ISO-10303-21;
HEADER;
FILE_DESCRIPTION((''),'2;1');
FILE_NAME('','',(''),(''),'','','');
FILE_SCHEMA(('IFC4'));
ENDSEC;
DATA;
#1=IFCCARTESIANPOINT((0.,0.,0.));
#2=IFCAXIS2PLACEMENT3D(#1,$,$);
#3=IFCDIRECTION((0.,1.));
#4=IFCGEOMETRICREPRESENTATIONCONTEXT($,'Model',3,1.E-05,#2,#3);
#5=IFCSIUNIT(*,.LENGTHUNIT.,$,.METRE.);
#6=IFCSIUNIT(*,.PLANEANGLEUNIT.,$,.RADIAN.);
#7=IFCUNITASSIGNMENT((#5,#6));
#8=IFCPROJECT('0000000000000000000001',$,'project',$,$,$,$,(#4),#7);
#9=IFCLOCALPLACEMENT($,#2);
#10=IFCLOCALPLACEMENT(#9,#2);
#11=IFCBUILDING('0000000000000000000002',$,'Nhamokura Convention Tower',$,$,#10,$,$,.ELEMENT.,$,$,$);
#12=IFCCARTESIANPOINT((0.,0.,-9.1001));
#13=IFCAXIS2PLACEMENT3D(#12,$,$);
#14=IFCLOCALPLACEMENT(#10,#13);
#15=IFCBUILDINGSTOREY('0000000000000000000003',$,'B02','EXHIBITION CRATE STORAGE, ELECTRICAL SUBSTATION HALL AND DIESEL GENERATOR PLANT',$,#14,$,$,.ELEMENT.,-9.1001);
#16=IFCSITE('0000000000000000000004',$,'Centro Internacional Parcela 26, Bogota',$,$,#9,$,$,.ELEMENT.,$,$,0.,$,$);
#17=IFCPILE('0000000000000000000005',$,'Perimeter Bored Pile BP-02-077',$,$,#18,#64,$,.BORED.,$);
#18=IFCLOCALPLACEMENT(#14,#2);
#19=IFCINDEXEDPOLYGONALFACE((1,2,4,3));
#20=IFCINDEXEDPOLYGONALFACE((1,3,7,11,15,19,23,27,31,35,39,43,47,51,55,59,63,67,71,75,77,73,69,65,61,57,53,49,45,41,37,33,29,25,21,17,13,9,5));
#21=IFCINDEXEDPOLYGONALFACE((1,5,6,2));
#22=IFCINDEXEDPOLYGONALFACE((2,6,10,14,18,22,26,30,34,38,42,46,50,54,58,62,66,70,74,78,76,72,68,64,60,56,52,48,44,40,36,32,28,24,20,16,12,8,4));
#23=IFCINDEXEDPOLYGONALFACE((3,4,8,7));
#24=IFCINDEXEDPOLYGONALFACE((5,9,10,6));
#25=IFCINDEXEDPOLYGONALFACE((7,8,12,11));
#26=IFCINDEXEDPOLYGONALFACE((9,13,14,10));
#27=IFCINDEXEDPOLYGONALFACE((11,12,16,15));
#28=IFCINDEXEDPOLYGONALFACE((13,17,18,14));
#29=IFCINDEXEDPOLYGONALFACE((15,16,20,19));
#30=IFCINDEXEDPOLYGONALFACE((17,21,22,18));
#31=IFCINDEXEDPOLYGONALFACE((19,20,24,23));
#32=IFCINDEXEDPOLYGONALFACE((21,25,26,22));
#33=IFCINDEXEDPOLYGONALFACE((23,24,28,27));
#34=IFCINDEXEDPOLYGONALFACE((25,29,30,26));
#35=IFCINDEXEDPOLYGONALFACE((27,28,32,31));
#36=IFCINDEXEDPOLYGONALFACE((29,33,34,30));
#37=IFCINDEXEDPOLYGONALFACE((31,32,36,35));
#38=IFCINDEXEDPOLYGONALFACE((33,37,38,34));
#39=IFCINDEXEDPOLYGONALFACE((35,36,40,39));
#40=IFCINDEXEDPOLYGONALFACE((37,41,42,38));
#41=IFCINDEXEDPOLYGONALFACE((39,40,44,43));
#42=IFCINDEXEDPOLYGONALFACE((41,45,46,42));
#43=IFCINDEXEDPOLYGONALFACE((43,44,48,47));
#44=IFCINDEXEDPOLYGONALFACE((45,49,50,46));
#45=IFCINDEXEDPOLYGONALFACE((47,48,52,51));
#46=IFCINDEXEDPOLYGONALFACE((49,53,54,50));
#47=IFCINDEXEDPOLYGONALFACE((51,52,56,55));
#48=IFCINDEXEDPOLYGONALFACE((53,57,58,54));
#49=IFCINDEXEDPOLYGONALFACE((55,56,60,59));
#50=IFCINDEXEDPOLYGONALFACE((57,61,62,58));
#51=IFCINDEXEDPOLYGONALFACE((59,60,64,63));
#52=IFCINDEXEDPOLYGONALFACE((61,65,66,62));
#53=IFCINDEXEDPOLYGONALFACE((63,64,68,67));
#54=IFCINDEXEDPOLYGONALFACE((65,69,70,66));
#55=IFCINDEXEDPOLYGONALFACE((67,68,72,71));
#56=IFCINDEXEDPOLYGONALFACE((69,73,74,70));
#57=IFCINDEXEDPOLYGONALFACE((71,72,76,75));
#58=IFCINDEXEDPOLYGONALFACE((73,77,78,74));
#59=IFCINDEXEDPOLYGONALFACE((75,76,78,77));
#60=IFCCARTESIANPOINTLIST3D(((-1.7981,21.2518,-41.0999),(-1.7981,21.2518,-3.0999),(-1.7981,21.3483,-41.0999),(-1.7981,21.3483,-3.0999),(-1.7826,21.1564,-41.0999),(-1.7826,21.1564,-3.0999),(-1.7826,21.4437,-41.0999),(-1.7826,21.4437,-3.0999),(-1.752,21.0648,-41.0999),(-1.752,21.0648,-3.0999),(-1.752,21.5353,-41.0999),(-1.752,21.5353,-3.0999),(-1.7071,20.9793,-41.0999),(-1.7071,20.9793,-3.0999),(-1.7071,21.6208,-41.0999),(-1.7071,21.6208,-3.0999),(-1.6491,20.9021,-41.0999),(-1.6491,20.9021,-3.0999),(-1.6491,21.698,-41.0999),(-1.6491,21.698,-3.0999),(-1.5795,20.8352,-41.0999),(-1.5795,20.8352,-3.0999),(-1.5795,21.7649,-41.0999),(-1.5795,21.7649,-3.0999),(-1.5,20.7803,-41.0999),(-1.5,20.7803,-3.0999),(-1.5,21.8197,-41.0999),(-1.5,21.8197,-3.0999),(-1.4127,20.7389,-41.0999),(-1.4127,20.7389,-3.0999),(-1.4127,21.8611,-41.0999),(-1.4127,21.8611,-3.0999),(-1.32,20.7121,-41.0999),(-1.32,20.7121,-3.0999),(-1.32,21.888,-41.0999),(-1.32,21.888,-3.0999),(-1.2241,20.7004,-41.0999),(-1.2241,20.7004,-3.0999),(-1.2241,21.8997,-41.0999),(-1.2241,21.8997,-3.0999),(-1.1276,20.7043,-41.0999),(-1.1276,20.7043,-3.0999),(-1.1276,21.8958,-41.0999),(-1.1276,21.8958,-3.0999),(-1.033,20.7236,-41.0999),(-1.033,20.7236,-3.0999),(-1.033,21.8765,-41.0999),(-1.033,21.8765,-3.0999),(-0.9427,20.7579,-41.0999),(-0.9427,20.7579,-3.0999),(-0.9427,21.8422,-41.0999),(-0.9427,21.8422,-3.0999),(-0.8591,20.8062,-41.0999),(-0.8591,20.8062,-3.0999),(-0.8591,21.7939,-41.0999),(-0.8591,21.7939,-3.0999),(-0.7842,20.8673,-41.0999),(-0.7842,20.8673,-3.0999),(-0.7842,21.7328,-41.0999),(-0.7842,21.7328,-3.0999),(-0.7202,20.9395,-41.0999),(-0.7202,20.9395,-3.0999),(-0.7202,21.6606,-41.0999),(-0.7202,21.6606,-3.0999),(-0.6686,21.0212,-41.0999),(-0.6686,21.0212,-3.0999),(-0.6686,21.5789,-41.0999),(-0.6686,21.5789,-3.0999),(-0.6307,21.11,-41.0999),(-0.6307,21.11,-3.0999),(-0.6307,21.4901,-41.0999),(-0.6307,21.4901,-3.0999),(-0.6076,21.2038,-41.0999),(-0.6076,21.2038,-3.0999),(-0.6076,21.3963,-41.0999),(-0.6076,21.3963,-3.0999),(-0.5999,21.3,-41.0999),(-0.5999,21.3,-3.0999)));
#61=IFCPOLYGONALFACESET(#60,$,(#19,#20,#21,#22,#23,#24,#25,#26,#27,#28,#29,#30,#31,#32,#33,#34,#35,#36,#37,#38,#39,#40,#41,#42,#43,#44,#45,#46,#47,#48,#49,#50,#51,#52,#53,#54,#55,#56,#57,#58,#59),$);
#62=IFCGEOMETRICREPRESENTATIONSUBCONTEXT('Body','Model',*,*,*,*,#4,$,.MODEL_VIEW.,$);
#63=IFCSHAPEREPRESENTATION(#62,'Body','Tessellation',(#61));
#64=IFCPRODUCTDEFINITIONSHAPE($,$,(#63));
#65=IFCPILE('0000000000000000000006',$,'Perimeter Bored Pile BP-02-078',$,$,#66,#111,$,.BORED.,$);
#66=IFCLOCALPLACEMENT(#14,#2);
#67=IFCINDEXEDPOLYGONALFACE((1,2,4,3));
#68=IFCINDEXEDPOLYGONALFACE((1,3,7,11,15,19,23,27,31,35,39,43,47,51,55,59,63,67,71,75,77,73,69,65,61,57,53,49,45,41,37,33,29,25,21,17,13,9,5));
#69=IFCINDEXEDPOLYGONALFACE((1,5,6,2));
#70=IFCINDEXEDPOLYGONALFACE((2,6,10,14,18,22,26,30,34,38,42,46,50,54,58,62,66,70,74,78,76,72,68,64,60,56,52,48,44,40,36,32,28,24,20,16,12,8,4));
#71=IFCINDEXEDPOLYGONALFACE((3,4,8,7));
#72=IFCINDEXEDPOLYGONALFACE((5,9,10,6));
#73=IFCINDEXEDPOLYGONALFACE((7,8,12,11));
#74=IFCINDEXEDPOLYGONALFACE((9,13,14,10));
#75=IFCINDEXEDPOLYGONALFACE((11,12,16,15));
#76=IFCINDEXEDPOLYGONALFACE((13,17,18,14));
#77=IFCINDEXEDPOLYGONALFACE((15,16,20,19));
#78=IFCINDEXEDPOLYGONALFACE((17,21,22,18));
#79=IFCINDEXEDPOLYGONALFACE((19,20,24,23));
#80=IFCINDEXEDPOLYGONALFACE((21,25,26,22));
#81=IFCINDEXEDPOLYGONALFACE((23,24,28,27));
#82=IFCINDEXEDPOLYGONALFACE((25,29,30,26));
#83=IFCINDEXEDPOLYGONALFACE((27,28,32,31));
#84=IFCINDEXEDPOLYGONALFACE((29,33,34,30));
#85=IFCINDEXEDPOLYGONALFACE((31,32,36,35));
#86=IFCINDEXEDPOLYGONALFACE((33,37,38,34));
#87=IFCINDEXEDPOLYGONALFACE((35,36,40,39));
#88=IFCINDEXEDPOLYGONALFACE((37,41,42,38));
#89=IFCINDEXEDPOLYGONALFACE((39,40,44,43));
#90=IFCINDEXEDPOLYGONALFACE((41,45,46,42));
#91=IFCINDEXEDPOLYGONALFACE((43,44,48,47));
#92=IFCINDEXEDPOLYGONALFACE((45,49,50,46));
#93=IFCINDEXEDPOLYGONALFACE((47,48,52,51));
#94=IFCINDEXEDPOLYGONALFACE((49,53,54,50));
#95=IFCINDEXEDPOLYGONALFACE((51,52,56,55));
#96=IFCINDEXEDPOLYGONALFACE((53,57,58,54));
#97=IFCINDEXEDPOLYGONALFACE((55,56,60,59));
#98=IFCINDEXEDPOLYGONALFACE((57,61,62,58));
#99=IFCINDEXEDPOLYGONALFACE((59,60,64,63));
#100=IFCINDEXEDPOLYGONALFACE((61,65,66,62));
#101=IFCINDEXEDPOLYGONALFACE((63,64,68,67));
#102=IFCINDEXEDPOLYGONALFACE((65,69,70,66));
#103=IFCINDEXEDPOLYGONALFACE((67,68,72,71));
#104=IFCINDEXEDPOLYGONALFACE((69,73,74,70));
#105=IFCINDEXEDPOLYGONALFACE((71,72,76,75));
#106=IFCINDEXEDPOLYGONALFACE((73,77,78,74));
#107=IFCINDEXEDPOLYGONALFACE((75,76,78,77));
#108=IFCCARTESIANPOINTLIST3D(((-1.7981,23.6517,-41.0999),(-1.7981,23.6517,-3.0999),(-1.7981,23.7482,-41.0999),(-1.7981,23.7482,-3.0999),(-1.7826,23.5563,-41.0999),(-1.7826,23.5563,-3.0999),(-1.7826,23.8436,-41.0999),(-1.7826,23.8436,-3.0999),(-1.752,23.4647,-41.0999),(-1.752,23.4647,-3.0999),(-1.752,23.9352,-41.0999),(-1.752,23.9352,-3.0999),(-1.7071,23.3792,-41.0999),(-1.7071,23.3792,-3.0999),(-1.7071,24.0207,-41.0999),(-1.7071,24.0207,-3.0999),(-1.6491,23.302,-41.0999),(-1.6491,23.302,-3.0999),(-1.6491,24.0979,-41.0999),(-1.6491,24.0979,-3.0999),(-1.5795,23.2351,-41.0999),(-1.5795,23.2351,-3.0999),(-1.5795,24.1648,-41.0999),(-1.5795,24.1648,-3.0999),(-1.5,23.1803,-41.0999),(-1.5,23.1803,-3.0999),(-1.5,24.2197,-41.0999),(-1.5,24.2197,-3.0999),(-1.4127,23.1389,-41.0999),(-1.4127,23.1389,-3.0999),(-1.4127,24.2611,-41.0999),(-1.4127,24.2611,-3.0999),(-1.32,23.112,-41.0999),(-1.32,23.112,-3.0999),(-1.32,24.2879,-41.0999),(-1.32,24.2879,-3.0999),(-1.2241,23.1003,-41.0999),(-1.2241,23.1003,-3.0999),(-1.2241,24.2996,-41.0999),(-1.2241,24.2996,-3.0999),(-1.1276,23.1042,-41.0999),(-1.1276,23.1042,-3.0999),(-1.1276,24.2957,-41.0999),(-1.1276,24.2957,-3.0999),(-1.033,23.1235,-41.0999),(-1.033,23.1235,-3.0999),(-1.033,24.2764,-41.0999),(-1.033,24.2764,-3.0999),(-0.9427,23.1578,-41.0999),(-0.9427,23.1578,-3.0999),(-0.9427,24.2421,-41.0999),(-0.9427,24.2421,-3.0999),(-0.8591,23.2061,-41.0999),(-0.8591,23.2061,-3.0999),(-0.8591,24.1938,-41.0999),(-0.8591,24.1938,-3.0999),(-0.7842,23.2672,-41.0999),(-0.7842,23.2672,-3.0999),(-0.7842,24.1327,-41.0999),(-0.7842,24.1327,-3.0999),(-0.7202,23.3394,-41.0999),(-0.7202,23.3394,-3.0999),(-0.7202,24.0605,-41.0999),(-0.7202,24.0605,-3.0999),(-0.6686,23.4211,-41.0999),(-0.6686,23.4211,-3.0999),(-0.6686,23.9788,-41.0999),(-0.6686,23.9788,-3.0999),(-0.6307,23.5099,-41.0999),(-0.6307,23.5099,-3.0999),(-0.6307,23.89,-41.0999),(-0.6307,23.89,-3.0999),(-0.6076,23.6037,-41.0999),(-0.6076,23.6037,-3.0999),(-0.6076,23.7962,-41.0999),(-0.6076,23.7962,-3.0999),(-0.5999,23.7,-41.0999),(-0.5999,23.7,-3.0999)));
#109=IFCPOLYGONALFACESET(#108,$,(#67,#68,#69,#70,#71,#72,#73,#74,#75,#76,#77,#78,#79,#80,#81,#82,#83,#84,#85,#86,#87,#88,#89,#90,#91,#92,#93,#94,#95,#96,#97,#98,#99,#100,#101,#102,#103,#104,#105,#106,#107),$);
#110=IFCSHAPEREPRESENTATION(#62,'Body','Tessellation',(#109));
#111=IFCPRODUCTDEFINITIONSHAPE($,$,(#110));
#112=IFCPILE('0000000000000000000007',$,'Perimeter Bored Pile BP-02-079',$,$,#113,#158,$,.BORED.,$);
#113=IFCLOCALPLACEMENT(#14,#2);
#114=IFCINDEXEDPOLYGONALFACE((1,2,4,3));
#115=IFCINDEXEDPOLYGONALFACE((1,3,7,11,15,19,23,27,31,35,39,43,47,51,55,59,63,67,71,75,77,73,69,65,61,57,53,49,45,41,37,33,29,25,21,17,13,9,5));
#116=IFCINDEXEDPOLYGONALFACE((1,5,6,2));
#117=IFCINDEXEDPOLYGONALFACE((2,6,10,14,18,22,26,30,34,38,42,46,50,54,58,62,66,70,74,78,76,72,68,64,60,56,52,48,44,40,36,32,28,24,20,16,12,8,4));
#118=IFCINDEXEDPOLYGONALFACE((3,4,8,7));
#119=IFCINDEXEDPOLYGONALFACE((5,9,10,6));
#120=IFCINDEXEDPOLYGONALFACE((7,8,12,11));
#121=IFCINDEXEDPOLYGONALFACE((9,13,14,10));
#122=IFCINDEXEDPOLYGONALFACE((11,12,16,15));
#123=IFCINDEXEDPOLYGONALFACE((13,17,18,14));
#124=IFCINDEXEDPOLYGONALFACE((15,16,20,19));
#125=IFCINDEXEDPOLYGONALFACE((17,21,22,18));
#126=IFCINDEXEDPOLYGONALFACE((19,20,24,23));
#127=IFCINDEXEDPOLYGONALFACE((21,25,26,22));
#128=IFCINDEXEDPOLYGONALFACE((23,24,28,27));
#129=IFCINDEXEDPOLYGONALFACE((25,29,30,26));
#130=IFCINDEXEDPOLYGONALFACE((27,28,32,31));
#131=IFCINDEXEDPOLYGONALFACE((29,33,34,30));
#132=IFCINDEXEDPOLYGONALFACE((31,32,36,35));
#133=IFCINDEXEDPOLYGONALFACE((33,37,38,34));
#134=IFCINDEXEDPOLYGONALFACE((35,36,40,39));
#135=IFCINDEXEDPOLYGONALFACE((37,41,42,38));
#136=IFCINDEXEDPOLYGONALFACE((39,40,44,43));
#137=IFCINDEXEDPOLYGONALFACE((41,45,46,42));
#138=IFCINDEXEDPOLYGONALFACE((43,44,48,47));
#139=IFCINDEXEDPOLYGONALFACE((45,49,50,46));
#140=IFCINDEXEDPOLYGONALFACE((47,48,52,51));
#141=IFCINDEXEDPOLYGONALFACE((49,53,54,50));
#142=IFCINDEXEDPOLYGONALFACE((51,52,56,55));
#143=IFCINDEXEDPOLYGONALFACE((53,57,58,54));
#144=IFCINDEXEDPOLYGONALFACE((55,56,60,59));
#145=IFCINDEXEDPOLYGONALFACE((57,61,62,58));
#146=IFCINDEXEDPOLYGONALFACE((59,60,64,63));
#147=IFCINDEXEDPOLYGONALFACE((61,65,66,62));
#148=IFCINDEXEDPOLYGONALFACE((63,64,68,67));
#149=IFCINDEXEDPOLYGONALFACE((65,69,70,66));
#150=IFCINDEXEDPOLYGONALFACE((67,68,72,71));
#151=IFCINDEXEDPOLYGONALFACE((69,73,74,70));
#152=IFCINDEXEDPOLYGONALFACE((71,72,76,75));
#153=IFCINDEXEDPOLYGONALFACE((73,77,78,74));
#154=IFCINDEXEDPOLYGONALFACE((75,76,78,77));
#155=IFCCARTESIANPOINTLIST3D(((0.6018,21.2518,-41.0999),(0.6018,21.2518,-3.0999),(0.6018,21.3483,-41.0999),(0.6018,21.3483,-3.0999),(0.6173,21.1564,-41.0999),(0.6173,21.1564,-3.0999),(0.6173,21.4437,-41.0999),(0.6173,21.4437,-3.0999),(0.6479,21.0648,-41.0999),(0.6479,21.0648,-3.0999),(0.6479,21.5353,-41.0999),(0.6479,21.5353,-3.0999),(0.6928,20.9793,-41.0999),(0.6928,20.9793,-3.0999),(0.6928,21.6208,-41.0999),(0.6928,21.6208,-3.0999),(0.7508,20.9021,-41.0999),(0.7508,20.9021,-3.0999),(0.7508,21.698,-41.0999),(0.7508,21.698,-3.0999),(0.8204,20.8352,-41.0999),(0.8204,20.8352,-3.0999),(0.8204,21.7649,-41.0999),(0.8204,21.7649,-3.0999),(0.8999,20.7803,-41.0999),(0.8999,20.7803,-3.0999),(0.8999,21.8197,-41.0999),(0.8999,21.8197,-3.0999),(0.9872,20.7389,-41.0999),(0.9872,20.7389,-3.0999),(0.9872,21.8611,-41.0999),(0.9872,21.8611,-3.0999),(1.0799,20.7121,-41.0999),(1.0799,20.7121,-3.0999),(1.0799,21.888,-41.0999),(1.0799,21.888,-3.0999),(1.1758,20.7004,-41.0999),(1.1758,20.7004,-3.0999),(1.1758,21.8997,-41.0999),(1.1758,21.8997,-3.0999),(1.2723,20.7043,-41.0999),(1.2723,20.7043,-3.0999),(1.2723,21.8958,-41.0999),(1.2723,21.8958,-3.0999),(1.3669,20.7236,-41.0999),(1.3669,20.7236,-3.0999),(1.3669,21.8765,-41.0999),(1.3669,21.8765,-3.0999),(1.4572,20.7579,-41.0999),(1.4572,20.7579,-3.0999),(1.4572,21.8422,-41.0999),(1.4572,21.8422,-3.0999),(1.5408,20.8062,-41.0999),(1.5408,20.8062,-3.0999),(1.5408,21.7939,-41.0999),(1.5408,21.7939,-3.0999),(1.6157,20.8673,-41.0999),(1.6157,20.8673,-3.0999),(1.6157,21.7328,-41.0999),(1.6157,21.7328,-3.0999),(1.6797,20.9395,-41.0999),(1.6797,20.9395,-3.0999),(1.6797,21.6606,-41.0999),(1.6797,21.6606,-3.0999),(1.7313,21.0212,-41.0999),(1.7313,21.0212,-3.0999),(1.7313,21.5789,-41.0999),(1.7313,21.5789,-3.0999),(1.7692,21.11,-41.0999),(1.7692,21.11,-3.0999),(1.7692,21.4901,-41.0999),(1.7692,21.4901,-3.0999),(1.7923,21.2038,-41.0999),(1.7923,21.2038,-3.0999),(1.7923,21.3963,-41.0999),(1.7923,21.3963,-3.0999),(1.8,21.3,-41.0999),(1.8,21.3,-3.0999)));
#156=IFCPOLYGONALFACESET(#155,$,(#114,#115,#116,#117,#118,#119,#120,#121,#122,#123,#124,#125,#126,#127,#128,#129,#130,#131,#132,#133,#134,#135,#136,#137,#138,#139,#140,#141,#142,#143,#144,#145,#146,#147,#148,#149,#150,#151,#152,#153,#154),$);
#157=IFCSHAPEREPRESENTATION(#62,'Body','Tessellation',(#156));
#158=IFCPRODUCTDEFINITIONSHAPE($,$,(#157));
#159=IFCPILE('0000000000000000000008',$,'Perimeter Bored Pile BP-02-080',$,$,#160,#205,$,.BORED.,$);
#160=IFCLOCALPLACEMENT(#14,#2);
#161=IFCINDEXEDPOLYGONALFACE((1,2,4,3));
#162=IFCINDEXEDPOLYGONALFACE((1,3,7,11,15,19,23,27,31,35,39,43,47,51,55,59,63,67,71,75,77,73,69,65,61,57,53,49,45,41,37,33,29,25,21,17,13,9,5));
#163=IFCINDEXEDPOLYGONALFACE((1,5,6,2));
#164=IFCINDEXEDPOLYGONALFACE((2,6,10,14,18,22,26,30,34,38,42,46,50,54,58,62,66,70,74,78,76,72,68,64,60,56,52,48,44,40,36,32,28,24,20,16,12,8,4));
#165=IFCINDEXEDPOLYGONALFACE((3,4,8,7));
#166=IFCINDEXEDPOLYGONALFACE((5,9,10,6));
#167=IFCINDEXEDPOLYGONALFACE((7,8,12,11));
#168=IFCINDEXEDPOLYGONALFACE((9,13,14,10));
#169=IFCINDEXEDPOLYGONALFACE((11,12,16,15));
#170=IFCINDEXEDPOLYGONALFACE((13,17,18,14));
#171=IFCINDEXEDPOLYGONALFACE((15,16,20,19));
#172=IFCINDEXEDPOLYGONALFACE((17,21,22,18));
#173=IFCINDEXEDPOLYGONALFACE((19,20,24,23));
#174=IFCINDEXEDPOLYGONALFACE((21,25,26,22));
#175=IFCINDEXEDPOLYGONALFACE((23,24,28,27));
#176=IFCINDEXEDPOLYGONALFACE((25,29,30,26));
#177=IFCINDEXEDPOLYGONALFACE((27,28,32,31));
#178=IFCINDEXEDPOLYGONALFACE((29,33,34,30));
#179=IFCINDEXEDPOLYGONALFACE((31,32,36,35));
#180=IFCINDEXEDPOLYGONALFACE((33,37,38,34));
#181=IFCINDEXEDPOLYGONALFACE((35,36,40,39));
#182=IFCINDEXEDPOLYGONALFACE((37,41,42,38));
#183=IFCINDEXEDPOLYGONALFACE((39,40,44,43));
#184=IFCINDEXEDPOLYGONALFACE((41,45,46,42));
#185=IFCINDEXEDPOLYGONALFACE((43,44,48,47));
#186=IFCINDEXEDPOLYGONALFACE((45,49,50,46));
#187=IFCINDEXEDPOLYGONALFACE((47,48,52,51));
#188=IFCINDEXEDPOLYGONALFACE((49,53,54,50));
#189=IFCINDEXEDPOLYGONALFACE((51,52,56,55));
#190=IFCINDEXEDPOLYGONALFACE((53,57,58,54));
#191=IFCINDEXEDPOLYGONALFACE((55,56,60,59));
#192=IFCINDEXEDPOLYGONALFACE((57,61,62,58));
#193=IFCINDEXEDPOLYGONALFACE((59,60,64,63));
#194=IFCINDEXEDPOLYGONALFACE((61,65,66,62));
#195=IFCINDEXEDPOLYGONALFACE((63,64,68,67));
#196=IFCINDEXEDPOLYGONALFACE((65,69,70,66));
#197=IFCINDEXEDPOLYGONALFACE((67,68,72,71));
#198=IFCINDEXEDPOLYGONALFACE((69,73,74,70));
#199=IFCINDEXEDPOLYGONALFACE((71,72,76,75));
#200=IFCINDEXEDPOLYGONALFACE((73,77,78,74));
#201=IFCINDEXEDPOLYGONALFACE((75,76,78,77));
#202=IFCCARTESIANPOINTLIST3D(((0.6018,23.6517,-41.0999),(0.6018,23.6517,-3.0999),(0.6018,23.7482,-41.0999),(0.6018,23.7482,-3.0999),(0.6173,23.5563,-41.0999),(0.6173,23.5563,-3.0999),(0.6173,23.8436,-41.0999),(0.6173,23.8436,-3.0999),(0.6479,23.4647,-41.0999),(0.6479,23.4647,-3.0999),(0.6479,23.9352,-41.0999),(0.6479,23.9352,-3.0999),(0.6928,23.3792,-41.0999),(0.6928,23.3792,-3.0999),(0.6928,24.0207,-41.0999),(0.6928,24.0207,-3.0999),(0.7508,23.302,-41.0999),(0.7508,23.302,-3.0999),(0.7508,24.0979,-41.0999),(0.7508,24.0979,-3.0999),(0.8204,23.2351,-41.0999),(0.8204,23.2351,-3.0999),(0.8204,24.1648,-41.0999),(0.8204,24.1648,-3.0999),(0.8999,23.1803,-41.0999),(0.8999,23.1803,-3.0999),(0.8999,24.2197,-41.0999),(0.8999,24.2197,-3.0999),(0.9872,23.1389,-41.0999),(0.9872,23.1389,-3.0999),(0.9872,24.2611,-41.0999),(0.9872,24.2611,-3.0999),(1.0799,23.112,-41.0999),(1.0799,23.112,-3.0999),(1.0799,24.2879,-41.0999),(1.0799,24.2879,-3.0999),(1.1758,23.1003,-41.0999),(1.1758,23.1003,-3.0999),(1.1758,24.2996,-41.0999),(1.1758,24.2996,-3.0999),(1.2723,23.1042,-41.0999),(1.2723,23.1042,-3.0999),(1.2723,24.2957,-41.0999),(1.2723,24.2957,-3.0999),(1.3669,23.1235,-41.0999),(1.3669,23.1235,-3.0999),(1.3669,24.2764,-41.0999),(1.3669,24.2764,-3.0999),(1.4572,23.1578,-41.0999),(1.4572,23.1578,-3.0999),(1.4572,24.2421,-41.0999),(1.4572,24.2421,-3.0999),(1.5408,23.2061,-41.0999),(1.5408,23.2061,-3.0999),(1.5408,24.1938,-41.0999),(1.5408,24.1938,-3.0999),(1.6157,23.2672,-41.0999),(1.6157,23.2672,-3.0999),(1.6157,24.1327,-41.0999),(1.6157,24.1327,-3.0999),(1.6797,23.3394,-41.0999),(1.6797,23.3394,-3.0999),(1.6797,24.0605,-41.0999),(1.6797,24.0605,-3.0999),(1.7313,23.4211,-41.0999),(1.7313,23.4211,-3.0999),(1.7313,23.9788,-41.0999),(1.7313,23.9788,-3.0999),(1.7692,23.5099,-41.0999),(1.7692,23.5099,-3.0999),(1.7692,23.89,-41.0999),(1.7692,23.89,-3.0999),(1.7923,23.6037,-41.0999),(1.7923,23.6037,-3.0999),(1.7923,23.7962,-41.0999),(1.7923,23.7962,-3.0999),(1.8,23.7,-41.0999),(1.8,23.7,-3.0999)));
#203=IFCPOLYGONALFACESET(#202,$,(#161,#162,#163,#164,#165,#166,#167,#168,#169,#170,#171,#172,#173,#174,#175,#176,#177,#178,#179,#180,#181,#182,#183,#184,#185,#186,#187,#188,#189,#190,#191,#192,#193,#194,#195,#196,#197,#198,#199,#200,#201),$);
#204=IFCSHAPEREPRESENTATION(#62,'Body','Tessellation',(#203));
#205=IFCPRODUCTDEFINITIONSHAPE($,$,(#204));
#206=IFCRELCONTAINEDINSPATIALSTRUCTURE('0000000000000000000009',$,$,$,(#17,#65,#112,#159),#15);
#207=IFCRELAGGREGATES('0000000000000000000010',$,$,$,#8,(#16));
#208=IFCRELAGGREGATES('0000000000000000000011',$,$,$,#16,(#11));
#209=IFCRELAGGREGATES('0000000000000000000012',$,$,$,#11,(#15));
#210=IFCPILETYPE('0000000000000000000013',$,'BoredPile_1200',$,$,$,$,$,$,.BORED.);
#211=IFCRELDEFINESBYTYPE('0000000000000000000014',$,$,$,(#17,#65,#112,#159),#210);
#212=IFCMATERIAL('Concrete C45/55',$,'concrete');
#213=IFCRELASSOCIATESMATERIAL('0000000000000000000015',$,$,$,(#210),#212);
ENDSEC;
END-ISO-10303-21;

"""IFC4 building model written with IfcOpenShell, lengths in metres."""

from ifc_helpers import new_model, si_unit, direction, frame, origin, origin_2d, place, context, subcontext, project, spatial, circle, extrude, material, material_profile, profile_set, type_object, element, save


model = new_model("IFC4")

# Units and contexts
model_context = context("Model", 3, precision=1e-05, world=origin(), true_north=direction((0.0, 1.0)))
body_context = subcontext(model_context, "Body", "Model", "MODEL_VIEW")
ifc_project = project(units=[si_unit("LENGTHUNIT", "METRE"), si_unit("PLANEANGLEUNIT", "RADIAN")], contexts=[model_context])

# Site, building, storey
site_placement = place(None, origin())
site = spatial("IfcSite", under=ifc_project, at=site_placement, Name="Centro Internacional Parcela 26, Bogota", CompositionType="ELEMENT", RefElevation=0.0)
building_placement = place(site_placement, origin())
building = spatial("IfcBuilding", under=site, at=building_placement, Name="Nhamokura Convention Tower", CompositionType="ELEMENT")
storey_placement = place(building_placement, frame((0.0, 0.0, -9.1001)))
storey = spatial("IfcBuildingStorey", under=building, at=storey_placement, Name="B02", Description="EXHIBITION CRATE STORAGE, ELECTRICAL SUBSTATION HALL AND DIESEL GENERATOR PLANT", CompositionType="ELEMENT", Elevation=-9.1001)

# Piles
ifc_material_1 = material(Name="Concrete C45/55", Category="concrete")
ifc_material_profile_1 = material_profile(ifc_material_1, circle(Radius=0.6001, at=origin_2d()))
ifc_profile_set_1 = profile_set([ifc_material_profile_1], Name="Concrete C45/55")
pile_type = type_object("IfcPileType", Name="BoredPile_1200", PredefinedType="BORED", material=ifc_profile_set_1)
for number, where, z_axis, x_axis, name in (
    (1, (-1.2, 21.3, -3.0999), (0.0, 0.0, -1.0), (1.0, 0.0, 0.0), "Perimeter Bored Pile BP-02-077"),
    (2, (-1.2, 23.7, -3.0999), (0.0, 0.0, -1.0), (1.0, 0.0, 0.0), "Perimeter Bored Pile BP-02-078"),
    (3, (1.2, 21.3, -3.0999), (0.0, 0.0, -1.0), (1.0, 0.0, 0.0), "Perimeter Bored Pile BP-02-079"),
    (4, (1.2, 23.7, -3.0999), (0.0, 0.0, -1.0), (1.0, 0.0, 0.0), "Perimeter Bored Pile BP-02-080"),
):
    element("IfcPile", number, at=place(storey_placement, frame(where, z_axis=z_axis, x_axis=x_axis)), inside=storey, type_object=pile_type, Name=name, PredefinedType="BORED", context=body_context, shape_type="SweptSolid", body=[
        extrude(circle(Radius=0.6001, at=origin_2d()), origin(), (0.0, 0.0, 1.0), 38.0),
    ])

save(model, "model.ifc")
